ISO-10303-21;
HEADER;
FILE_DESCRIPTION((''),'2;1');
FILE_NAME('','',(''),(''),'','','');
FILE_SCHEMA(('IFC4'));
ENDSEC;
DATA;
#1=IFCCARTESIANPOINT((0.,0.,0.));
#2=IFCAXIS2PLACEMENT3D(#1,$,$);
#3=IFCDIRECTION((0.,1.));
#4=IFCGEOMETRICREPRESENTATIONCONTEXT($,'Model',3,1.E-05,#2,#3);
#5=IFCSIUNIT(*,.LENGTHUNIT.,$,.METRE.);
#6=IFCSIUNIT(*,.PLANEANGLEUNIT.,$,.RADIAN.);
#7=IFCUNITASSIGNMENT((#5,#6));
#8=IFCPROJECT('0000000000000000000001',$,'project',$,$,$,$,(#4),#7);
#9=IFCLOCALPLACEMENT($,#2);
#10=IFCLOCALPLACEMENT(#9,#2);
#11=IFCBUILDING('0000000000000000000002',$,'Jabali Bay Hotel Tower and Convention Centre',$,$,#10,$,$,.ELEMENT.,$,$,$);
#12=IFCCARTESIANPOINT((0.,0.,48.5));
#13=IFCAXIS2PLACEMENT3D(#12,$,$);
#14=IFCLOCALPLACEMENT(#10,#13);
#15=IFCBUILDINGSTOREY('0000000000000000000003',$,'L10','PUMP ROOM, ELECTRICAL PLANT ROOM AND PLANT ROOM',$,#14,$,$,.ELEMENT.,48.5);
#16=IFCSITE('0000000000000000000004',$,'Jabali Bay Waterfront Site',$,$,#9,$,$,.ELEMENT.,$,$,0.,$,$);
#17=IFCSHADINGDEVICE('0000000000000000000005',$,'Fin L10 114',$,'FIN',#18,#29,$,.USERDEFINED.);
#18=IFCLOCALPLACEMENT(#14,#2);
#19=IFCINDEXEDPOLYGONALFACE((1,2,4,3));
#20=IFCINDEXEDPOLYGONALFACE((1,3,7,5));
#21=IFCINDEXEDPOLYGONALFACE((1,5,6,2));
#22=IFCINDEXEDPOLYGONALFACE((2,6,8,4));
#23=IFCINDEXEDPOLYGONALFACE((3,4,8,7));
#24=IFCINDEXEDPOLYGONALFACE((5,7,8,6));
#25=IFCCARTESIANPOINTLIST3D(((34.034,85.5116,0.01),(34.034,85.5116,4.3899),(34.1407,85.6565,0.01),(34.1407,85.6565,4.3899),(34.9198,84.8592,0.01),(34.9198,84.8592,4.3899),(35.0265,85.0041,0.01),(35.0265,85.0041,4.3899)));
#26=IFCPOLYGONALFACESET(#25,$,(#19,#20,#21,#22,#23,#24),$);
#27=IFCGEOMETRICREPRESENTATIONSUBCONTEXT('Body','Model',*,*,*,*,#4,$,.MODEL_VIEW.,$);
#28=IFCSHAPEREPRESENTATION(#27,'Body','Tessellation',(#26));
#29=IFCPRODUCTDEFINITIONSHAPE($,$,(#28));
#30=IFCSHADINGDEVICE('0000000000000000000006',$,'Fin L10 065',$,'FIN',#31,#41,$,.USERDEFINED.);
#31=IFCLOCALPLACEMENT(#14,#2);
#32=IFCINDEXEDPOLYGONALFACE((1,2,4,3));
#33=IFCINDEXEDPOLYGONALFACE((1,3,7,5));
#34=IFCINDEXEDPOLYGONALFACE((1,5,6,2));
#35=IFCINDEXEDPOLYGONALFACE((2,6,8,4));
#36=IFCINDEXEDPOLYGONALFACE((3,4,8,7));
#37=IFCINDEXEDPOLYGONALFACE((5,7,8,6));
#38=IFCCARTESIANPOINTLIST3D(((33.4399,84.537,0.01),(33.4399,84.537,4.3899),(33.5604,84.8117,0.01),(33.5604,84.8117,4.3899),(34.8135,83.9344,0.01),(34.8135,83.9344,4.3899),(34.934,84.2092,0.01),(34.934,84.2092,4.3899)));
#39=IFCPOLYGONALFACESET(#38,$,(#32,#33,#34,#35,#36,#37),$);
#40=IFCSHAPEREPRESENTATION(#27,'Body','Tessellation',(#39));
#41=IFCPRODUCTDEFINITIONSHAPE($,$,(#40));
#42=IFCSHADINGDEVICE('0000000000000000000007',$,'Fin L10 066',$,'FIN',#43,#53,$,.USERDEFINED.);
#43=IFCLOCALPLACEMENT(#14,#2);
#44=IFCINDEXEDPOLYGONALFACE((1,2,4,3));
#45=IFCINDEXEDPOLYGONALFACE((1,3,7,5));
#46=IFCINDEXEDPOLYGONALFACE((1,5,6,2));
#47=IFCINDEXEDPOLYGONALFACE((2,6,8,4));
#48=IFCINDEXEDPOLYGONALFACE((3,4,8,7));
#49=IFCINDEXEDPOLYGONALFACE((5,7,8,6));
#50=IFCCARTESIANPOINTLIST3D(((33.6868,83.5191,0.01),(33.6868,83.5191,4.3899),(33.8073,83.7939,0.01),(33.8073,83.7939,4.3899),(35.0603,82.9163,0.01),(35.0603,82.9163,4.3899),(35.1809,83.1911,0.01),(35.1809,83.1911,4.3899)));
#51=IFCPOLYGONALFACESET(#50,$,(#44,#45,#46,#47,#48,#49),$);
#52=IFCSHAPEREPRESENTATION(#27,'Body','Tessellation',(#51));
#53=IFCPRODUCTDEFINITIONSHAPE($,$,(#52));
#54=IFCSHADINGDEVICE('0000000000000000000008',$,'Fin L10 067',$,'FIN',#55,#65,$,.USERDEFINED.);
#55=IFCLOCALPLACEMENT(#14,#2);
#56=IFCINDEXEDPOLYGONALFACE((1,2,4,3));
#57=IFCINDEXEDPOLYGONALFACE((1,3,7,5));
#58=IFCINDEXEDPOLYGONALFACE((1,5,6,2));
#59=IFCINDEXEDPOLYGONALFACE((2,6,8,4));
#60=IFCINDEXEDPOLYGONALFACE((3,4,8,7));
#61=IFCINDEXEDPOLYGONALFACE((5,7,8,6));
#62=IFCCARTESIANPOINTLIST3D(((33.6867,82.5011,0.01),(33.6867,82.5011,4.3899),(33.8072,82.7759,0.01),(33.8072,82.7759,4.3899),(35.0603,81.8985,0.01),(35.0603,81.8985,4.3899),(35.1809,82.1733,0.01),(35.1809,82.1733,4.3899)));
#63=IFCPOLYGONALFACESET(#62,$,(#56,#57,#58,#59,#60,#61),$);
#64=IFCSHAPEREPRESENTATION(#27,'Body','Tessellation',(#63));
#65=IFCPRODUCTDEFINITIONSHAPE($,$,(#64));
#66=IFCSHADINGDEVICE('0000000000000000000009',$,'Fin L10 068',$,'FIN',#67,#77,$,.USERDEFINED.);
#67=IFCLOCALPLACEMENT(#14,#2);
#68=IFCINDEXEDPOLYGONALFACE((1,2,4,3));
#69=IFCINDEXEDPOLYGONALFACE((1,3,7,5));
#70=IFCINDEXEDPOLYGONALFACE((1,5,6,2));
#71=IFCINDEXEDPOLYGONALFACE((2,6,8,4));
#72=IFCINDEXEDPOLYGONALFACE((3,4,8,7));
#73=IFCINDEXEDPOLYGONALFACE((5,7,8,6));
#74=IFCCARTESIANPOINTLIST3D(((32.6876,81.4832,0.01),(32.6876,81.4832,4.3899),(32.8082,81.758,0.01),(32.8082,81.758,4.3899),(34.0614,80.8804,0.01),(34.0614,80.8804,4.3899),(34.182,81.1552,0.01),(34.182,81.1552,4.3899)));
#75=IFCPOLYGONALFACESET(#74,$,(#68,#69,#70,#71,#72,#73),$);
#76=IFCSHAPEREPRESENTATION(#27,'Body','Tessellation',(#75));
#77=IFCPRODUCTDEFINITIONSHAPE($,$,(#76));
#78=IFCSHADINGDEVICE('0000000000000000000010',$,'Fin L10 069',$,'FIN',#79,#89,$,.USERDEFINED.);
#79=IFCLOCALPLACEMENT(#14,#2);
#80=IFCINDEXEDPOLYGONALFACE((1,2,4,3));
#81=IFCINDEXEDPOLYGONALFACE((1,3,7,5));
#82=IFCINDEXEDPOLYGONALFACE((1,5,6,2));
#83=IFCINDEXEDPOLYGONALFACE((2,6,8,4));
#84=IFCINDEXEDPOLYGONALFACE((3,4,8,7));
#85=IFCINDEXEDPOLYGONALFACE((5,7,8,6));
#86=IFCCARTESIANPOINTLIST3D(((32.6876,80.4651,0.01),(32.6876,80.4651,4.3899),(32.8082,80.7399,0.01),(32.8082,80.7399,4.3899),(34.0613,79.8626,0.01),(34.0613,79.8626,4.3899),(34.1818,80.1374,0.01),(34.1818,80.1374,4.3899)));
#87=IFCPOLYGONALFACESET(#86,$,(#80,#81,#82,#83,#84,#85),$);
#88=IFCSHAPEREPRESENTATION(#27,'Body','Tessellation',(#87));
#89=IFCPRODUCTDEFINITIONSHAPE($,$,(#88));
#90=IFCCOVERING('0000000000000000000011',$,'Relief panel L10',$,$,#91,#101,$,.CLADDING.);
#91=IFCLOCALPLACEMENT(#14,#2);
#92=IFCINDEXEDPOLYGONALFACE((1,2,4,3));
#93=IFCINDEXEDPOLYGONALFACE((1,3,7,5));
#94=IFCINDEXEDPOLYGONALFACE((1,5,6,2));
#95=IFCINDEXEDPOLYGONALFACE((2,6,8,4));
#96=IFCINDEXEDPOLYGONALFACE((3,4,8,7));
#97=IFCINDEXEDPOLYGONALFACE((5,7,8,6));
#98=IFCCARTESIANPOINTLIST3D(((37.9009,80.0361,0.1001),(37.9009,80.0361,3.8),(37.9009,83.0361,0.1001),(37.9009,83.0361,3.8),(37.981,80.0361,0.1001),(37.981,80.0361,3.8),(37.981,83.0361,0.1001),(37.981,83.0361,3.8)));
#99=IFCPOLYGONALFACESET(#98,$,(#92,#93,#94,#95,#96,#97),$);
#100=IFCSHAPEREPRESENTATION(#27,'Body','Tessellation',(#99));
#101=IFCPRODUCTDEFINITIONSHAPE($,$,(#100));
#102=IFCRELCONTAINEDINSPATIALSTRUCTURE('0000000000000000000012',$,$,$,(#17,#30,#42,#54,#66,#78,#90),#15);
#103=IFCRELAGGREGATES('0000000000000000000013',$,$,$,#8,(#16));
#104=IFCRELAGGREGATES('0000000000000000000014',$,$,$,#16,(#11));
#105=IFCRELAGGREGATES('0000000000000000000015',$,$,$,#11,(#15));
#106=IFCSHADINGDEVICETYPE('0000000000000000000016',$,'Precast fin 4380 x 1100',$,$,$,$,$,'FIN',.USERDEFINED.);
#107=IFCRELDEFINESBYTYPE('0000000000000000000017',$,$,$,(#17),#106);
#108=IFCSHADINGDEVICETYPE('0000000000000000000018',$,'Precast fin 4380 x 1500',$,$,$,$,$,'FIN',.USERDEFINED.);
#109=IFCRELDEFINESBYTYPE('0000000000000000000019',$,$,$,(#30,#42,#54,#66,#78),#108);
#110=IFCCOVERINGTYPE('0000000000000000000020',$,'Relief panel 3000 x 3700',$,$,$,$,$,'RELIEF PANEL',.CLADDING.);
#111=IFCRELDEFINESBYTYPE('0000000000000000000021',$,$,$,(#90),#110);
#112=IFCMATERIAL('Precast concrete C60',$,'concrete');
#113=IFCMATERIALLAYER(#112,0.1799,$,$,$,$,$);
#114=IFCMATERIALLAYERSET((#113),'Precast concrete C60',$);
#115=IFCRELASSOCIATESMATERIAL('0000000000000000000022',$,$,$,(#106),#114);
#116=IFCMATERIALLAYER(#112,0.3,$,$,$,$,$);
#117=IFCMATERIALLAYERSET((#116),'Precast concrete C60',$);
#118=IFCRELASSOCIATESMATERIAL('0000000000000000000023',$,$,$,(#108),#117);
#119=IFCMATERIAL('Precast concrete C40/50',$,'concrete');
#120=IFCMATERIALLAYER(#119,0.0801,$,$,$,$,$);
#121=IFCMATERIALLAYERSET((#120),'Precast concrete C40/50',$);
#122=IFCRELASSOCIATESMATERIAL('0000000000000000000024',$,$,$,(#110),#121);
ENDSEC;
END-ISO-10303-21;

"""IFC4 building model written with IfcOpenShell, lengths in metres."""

from ifc_helpers import new_model, si_unit, direction, frame, frame_2d, origin, origin_2d, place, context, subcontext, project, spatial, rectangle, extrude, material, layer, layer_set, type_object, element, save


model = new_model("IFC4")

# Units and contexts
model_context = context("Model", 3, precision=1e-05, world=origin(), true_north=direction((0.0, 1.0)))
body_context = subcontext(model_context, "Body", "Model", "MODEL_VIEW")
ifc_project = project(units=[si_unit("LENGTHUNIT", "METRE"), si_unit("PLANEANGLEUNIT", "RADIAN")], contexts=[model_context])

# Site, building, storey
site_placement = place(None, origin())
site = spatial("IfcSite", under=ifc_project, at=site_placement, Name="Jabali Bay Waterfront Site", CompositionType="ELEMENT", RefElevation=0.0)
building_placement = place(site_placement, origin())
building = spatial("IfcBuilding", under=site, at=building_placement, Name="Jabali Bay Hotel Tower and Convention Centre", CompositionType="ELEMENT")
storey_placement = place(building_placement, frame((0.0, 0.0, 48.5)))
storey = spatial("IfcBuildingStorey", under=building, at=storey_placement, Name="L10", Description="PUMP ROOM, ELECTRICAL PLANT ROOM AND PLANT ROOM", CompositionType="ELEMENT", Elevation=48.5)

# Shading devices
ifc_material_1 = material(Name="Precast concrete C60", Category="concrete")
ifc_layer_1 = layer(ifc_material_1, 0.1799)
ifc_layer_set_1 = layer_set([ifc_layer_1], Name="Precast concrete C60")
shading_device_type_1 = type_object("IfcShadingDeviceType", Name="Precast fin 4380 x 1100", ElementType="FIN", PredefinedType="USERDEFINED", material=ifc_layer_set_1)
for number, where, z_axis, x_axis, name in (
    (1, (34.9731, 84.9316, 0.01), (0.0, 0.0, 1.0), (-0.80519, 0.593017, 0.0), "Fin L10 114"),
):
    element("IfcShadingDevice", number, at=place(storey_placement, frame(where, z_axis=z_axis, x_axis=x_axis)), inside=storey, type_object=shading_device_type_1, Name=name, ObjectType="FIN", PredefinedType="USERDEFINED", context=body_context, shape_type="SweptSolid", body=[
        extrude(rectangle(XDim=1.1001, YDim=0.1799, at=frame_2d((0.55, 0.0))), origin(), (0.0, 0.0, 1.0), 4.3799),
    ])
ifc_layer_2 = layer(ifc_material_1, 0.3)
ifc_layer_set_2 = layer_set([ifc_layer_2], Name="Precast concrete C60")
shading_device_type_2 = type_object("IfcShadingDeviceType", Name="Precast fin 4380 x 1500", ElementType="FIN", PredefinedType="USERDEFINED", material=ifc_layer_set_2)
for number, where, z_axis, x_axis, name in (
    (2, (34.8738, 84.0718, 0.01), (0.0, 0.0, 1.0), (-0.915761, 0.401724, 0.0), "Fin L10 065"),
    (3, (35.1206, 83.0537, 0.01), (0.0, 0.0, 1.0), (-0.915701, 0.40186, 0.0), "Fin L10 066"),
    (4, (35.1206, 82.0359, 0.01), (0.0, 0.0, 1.0), (-0.915761, 0.401724, 0.0), "Fin L10 067"),
):
    element("IfcShadingDevice", number, at=place(storey_placement, frame(where, z_axis=z_axis, x_axis=x_axis)), inside=storey, type_object=shading_device_type_2, Name=name, ObjectType="FIN", PredefinedType="USERDEFINED", context=body_context, shape_type="SweptSolid", body=[
        extrude(rectangle(XDim=1.5, YDim=0.3, at=frame_2d((0.75, 0.0))), origin(), (0.0, 0.0, 1.0), 4.3799),
    ])
shading_device_1_placement = place(storey_placement, frame((34.1216, 81.0178, 0.01), z_axis=(0.0, 0.0, 1.0), x_axis=(-0.915727, 0.4018, 0.0)))
element("IfcShadingDevice", 5, at=shading_device_1_placement, inside=storey, type_object=shading_device_type_2, Name="Fin L10 068", ObjectType="FIN", PredefinedType="USERDEFINED", context=body_context, shape_type="SweptSolid", body=[
    extrude(rectangle(XDim=1.5002, YDim=0.3, at=frame_2d((0.75, 0.0))), origin(), (0.0, 0.0, 1.0), 4.3799),
])
shading_device_2_placement = place(storey_placement, frame((34.1216, 80.0, 0.01), z_axis=(0.0, 0.0, 1.0), x_axis=(-0.915787, 0.401664, 0.0)))
element("IfcShadingDevice", 6, at=shading_device_2_placement, inside=storey, type_object=shading_device_type_2, Name="Fin L10 069", ObjectType="FIN", PredefinedType="USERDEFINED", context=body_context, shape_type="SweptSolid", body=[
    extrude(rectangle(XDim=1.5, YDim=0.3, at=frame_2d((0.75, 0.0))), origin(), (0.0, 0.0, 1.0), 4.3799),
])

# Covering
ifc_material_2 = material(Name="Precast concrete C40/50", Category="concrete")
ifc_layer_3 = layer(ifc_material_2, 0.0801)
ifc_layer_set_3 = layer_set([ifc_layer_3], Name="Precast concrete C40/50")
covering_type = type_object("IfcCoveringType", Name="Relief panel 3000 x 3700", ElementType="RELIEF PANEL", PredefinedType="CLADDING", material=ifc_layer_set_3)
covering_placement = place(storey_placement, frame((37.9409, 81.5361, 0.1001), z_axis=(0.0, 0.0, 1.0), x_axis=(0.0, 1.0, 0.0)))
element("IfcCovering", 7, at=covering_placement, inside=storey, type_object=covering_type, Name="Relief panel L10", PredefinedType="CLADDING", context=body_context, shape_type="SweptSolid", body=[
    extrude(rectangle(XDim=3.0, YDim=0.0801, at=origin_2d()), origin(), (0.0, 0.0, 1.0), 3.7),
])

save(model, "model.ifc")
